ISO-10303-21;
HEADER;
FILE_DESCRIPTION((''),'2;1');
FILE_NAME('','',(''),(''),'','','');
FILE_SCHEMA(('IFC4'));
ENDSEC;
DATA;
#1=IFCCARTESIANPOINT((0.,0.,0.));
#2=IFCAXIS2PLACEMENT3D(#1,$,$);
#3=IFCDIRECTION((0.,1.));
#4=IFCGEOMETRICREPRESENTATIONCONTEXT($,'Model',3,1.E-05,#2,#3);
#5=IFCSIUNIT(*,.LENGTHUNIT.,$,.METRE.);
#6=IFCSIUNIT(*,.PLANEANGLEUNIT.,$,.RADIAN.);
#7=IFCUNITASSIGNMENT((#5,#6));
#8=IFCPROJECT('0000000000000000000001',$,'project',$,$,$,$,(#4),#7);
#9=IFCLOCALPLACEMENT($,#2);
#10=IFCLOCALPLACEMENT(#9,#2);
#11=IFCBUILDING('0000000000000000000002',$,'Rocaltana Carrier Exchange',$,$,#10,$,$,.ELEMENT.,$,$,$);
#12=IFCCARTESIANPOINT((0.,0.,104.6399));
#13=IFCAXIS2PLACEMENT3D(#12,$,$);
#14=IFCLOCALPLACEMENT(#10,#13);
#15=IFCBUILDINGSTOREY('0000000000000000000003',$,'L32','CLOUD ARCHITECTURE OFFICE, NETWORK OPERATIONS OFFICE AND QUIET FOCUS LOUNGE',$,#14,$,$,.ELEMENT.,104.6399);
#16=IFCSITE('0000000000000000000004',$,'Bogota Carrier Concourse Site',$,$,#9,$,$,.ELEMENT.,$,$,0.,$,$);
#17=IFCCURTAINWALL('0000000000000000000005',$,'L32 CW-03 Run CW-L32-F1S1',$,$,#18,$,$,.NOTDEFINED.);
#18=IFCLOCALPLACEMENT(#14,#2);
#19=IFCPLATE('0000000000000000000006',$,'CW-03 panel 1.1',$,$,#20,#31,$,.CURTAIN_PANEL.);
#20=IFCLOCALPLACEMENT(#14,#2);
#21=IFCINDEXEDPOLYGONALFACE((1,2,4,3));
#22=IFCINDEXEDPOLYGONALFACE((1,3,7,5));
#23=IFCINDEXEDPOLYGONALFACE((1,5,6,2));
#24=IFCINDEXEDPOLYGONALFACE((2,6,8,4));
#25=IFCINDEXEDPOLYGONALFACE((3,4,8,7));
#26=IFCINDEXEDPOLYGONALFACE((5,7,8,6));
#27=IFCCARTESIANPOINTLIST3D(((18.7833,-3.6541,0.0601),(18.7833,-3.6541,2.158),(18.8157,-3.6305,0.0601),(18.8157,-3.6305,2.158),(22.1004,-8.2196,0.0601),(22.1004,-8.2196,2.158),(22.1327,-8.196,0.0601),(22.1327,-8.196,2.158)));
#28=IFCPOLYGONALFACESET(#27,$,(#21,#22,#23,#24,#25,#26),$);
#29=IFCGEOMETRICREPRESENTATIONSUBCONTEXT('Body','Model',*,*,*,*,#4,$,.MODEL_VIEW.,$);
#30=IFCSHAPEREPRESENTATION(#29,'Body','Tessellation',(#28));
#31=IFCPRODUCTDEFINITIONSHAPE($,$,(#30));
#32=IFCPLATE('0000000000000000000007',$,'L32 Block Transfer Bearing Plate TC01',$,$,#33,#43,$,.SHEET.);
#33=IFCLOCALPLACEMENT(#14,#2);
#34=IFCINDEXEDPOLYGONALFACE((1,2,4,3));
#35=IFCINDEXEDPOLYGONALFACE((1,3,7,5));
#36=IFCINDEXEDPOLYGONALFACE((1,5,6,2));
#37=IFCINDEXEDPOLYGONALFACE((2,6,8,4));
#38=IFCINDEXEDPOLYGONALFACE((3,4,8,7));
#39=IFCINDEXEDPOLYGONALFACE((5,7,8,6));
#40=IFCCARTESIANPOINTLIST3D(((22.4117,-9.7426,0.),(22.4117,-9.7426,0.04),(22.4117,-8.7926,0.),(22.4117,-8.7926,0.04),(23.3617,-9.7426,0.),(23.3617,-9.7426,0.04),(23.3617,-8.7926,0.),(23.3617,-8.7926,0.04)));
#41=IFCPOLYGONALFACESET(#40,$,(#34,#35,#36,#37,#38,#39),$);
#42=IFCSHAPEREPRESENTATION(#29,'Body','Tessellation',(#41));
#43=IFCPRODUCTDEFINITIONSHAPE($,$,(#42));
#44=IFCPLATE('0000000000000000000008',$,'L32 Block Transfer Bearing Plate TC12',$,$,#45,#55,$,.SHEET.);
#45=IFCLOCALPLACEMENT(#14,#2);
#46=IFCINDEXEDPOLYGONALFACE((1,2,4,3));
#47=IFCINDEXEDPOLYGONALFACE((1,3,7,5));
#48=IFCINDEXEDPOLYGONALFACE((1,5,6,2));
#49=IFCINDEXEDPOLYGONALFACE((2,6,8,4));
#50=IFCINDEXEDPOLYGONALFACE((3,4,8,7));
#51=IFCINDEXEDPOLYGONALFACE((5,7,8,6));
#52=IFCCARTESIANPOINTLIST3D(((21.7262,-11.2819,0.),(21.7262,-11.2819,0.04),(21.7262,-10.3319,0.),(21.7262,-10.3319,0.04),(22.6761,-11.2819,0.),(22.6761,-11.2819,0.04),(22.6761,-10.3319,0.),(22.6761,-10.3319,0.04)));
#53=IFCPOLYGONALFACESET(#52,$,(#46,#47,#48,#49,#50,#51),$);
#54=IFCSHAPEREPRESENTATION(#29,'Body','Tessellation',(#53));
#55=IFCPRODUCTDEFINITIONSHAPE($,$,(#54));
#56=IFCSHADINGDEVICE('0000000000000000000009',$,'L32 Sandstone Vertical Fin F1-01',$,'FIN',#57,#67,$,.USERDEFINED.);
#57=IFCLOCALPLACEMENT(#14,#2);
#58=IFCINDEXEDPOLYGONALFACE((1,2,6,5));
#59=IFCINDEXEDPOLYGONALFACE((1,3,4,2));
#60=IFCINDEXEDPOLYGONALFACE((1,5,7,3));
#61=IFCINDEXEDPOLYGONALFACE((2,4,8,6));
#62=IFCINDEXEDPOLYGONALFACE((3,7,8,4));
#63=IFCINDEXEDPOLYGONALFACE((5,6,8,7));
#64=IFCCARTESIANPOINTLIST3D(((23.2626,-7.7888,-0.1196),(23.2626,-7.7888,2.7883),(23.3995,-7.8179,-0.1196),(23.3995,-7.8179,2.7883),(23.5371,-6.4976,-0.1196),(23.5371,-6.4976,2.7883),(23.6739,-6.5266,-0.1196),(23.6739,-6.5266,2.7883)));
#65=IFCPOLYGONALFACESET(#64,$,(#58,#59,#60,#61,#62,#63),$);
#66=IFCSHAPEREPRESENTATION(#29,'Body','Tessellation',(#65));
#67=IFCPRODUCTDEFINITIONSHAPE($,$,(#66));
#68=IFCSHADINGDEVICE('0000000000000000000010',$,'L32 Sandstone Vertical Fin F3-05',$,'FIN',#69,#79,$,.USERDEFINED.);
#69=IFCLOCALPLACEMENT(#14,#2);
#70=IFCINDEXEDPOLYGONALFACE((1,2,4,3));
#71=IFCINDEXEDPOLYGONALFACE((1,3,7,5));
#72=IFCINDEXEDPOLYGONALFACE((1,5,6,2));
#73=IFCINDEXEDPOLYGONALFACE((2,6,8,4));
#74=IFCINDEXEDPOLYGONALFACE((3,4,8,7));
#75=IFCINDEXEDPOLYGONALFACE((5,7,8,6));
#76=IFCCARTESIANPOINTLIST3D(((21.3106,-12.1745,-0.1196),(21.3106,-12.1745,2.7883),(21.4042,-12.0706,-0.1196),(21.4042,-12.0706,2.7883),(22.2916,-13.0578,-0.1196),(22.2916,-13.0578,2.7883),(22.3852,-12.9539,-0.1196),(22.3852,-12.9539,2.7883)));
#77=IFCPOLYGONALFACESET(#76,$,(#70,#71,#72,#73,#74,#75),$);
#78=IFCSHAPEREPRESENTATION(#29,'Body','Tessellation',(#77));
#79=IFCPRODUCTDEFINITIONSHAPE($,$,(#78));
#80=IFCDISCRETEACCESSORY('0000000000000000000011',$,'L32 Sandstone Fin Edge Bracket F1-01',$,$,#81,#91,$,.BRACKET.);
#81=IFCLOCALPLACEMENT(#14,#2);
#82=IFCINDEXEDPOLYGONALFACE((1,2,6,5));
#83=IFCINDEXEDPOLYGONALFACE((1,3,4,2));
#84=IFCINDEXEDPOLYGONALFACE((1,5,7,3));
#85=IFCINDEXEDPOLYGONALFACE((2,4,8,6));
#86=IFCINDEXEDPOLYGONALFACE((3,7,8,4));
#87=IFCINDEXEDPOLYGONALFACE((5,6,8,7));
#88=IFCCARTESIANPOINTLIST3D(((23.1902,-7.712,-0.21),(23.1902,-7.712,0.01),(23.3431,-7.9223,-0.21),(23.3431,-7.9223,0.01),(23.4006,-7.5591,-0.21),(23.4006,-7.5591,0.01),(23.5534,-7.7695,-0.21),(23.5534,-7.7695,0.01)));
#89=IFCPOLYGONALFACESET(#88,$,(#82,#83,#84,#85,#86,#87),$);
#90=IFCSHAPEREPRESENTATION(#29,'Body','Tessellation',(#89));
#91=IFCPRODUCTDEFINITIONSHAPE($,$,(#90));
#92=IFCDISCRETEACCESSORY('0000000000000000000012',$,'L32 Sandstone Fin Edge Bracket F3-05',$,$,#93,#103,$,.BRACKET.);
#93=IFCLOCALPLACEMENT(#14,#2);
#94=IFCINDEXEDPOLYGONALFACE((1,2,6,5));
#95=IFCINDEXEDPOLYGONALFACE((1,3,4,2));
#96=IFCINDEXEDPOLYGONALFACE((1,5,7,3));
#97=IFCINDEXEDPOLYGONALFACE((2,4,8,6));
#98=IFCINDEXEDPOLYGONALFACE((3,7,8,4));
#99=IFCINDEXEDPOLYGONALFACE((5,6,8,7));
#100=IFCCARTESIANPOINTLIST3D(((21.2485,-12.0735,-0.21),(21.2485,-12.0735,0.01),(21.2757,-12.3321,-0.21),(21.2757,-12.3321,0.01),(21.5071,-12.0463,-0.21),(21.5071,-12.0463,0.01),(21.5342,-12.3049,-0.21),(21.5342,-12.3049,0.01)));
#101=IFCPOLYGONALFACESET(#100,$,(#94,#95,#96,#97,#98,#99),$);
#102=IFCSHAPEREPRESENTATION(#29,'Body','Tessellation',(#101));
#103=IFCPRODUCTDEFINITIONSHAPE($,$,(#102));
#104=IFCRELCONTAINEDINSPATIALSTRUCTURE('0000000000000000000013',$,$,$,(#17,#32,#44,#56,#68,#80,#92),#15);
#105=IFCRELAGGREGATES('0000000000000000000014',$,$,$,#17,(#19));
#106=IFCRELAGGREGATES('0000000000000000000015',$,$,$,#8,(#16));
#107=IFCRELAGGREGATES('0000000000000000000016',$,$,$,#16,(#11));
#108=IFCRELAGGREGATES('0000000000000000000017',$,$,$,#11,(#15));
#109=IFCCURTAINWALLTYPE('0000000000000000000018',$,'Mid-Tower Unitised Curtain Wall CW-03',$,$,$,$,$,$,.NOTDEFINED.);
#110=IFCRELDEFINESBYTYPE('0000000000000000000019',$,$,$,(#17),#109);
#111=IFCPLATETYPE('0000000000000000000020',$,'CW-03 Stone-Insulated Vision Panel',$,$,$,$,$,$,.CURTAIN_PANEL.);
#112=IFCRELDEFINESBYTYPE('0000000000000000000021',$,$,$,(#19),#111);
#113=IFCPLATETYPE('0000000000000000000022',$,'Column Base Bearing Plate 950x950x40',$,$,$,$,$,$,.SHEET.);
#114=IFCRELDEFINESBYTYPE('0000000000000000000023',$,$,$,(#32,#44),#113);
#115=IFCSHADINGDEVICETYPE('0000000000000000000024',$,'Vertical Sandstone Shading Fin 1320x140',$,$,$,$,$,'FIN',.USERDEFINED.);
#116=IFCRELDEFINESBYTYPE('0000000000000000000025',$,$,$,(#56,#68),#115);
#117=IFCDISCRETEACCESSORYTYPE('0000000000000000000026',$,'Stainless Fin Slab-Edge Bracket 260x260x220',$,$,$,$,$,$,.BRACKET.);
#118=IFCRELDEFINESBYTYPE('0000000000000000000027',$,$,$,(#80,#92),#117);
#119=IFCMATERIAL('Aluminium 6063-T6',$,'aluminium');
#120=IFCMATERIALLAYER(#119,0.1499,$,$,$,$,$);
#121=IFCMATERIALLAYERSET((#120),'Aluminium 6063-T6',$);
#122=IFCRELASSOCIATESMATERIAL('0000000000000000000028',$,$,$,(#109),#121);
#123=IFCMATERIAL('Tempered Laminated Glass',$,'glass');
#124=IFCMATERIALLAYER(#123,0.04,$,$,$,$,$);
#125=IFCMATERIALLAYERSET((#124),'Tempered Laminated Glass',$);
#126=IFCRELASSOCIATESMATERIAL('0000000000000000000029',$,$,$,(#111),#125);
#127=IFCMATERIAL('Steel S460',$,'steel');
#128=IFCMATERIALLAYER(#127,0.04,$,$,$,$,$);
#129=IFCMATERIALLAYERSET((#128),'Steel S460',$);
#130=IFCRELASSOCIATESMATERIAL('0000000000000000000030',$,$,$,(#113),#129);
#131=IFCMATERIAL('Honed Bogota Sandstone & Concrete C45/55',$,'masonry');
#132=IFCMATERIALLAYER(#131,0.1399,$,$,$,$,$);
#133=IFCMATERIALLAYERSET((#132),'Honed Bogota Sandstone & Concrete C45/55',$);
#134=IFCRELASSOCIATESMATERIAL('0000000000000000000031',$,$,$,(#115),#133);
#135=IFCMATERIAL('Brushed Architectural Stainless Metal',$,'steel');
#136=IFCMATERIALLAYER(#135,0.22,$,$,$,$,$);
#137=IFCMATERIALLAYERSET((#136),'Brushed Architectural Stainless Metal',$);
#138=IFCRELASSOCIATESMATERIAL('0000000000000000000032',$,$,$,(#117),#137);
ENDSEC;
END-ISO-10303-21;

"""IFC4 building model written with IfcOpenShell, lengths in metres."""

from ifc_helpers import new_model, si_unit, direction, frame, origin, origin_2d, place, context, subcontext, project, spatial, rectangle, extrude, material, layer, layer_set, type_object, element, aggregate, save


model = new_model("IFC4")

# Units and contexts
model_context = context("Model", 3, precision=1e-05, world=origin(), true_north=direction((0.0, 1.0)))
body_context = subcontext(model_context, "Body", "Model", "MODEL_VIEW")
ifc_project = project(units=[si_unit("LENGTHUNIT", "METRE"), si_unit("PLANEANGLEUNIT", "RADIAN")], contexts=[model_context])

# Site, building, storey
site_placement = place(None, origin())
site = spatial("IfcSite", under=ifc_project, at=site_placement, Name="Bogota Carrier Concourse Site", CompositionType="ELEMENT", RefElevation=0.0)
building_placement = place(site_placement, origin())
building = spatial("IfcBuilding", under=site, at=building_placement, Name="Rocaltana Carrier Exchange", CompositionType="ELEMENT")
storey_placement = place(building_placement, frame((0.0, 0.0, 104.6399)))
storey = spatial("IfcBuildingStorey", under=building, at=storey_placement, Name="L32", Description="CLOUD ARCHITECTURE OFFICE, NETWORK OPERATIONS OFFICE AND QUIET FOCUS LOUNGE", CompositionType="ELEMENT", Elevation=104.6399)

# Curtain wall
ifc_material_1 = material(Name="Aluminium 6063-T6", Category="aluminium")
ifc_layer_1 = layer(ifc_material_1, 0.1499)
ifc_layer_set_1 = layer_set([ifc_layer_1], Name="Aluminium 6063-T6")
curtain_wall_type = type_object("IfcCurtainWallType", Name="Mid-Tower Unitised Curtain Wall CW-03", PredefinedType="NOTDEFINED", material=ifc_layer_set_1)
curtain_wall_1_placement = place(storey_placement, origin())
curtain_wall_1 = element("IfcCurtainWall", 1, at=curtain_wall_1_placement, inside=storey, type_object=curtain_wall_type, Name="L32 CW-03 Run CW-L32-F1S1", PredefinedType="NOTDEFINED")

# Plate
ifc_material_2 = material(Name="Tempered Laminated Glass", Category="glass")
ifc_layer_2 = layer(ifc_material_2, 0.04)
ifc_layer_set_2 = layer_set([ifc_layer_2], Name="Tempered Laminated Glass")
plate_type_1 = type_object("IfcPlateType", Name="CW-03 Stone-Insulated Vision Panel", PredefinedType="CURTAIN_PANEL", material=ifc_layer_set_2)
plate_placement = place(storey_placement, frame((20.458, -5.925, 0.0601), z_axis=(0.0, 0.0, 1.0), x_axis=(-0.58779, 0.809014, 0.0)))
plate = element("IfcPlate", 2, at=plate_placement, type_object=plate_type_1, Name="CW-03 panel 1.1", PredefinedType="CURTAIN_PANEL", context=body_context, shape_type="SweptSolid", body=[
    extrude(rectangle(XDim=5.6433, YDim=0.04, at=origin_2d()), origin(), (0.0, 0.0, 1.0), 2.0979),
])
aggregate(curtain_wall_1, [plate])

# Plates
ifc_material_3 = material(Name="Steel S460", Category="steel")
ifc_layer_3 = layer(ifc_material_3, 0.04)
ifc_layer_set_3 = layer_set([ifc_layer_3], Name="Steel S460")
plate_type_2 = type_object("IfcPlateType", Name="Column Base Bearing Plate 950x950x40", PredefinedType="SHEET", material=ifc_layer_set_3)
for number, where, z_axis, x_axis, name in (
    (3, (22.8867, -9.2676, 0.0), (0.0, 0.0, 1.0), (1.0, 0.0, 0.0), "L32 Block Transfer Bearing Plate TC01"),
    (4, (22.2012, -10.8069, 0.0), (0.0, 0.0, 1.0), (1.0, 0.0, 0.0), "L32 Block Transfer Bearing Plate TC12"),
):
    element("IfcPlate", number, at=place(storey_placement, frame(where, z_axis=z_axis, x_axis=x_axis)), inside=storey, type_object=plate_type_2, Name=name, PredefinedType="SHEET", context=body_context, shape_type="SweptSolid", body=[
        extrude(rectangle(XDim=0.95, YDim=0.95, at=origin_2d()), origin(), (0.0, 0.0, 1.0), 0.04),
    ])

# Shading devices
ifc_material_4 = material(Name="Honed Bogota Sandstone & Concrete C45/55", Category="masonry")
ifc_layer_4 = layer(ifc_material_4, 0.1399)
ifc_layer_set_4 = layer_set([ifc_layer_4], Name="Honed Bogota Sandstone & Concrete C45/55")
shading_device_type = type_object("IfcShadingDeviceType", Name="Vertical Sandstone Shading Fin 1320x140", ElementType="FIN", PredefinedType="USERDEFINED", material=ifc_layer_set_4)
for number, where, z_axis, x_axis, name in (
    (5, (23.4683, -7.1577, -0.1196), (0.0, 0.0, 1.0), (0.207912, 0.978148, 0.0), "L32 Sandstone Vertical Fin F1-01"),
    (6, (21.8479, -12.5642, -0.1196), (0.0, 0.0, 1.0), (0.743145, -0.669131, 0.0), "L32 Sandstone Vertical Fin F3-05"),
):
    element("IfcShadingDevice", number, at=place(storey_placement, frame(where, z_axis=z_axis, x_axis=x_axis)), inside=storey, type_object=shading_device_type, Name=name, ObjectType="FIN", PredefinedType="USERDEFINED", context=body_context, shape_type="SweptSolid", body=[
        extrude(rectangle(XDim=1.3201, YDim=0.1399, at=origin_2d()), origin(), (0.0, 0.0, 1.0), 2.908),
    ])

# Discrete accessories
ifc_material_5 = material(Name="Brushed Architectural Stainless Metal", Category="steel")
ifc_layer_5 = layer(ifc_material_5, 0.22)
ifc_layer_set_5 = layer_set([ifc_layer_5], Name="Brushed Architectural Stainless Metal")
discrete_accessory_type = type_object("IfcDiscreteAccessoryType", Name="Stainless Fin Slab-Edge Bracket 260x260x220", PredefinedType="BRACKET", material=ifc_layer_set_5)
for number, where, z_axis, x_axis, name in (
    (7, (23.3718, -7.7407, -0.21), (0.0, 0.0, 1.0), (-0.587785, 0.809017, 0.0), "L32 Sandstone Fin Edge Bracket F1-01"),
    (8, (21.3914, -12.1892, -0.21), (0.0, 0.0, 1.0), (0.994522, 0.104528, 0.0), "L32 Sandstone Fin Edge Bracket F3-05"),
):
    element("IfcDiscreteAccessory", number, at=place(storey_placement, frame(where, z_axis=z_axis, x_axis=x_axis)), inside=storey, type_object=discrete_accessory_type, Name=name, PredefinedType="BRACKET", context=body_context, shape_type="SweptSolid", body=[
        extrude(rectangle(XDim=0.26, YDim=0.26, at=origin_2d()), origin(), (0.0, 0.0, 1.0), 0.22),
    ])

save(model, "model.ifc")
